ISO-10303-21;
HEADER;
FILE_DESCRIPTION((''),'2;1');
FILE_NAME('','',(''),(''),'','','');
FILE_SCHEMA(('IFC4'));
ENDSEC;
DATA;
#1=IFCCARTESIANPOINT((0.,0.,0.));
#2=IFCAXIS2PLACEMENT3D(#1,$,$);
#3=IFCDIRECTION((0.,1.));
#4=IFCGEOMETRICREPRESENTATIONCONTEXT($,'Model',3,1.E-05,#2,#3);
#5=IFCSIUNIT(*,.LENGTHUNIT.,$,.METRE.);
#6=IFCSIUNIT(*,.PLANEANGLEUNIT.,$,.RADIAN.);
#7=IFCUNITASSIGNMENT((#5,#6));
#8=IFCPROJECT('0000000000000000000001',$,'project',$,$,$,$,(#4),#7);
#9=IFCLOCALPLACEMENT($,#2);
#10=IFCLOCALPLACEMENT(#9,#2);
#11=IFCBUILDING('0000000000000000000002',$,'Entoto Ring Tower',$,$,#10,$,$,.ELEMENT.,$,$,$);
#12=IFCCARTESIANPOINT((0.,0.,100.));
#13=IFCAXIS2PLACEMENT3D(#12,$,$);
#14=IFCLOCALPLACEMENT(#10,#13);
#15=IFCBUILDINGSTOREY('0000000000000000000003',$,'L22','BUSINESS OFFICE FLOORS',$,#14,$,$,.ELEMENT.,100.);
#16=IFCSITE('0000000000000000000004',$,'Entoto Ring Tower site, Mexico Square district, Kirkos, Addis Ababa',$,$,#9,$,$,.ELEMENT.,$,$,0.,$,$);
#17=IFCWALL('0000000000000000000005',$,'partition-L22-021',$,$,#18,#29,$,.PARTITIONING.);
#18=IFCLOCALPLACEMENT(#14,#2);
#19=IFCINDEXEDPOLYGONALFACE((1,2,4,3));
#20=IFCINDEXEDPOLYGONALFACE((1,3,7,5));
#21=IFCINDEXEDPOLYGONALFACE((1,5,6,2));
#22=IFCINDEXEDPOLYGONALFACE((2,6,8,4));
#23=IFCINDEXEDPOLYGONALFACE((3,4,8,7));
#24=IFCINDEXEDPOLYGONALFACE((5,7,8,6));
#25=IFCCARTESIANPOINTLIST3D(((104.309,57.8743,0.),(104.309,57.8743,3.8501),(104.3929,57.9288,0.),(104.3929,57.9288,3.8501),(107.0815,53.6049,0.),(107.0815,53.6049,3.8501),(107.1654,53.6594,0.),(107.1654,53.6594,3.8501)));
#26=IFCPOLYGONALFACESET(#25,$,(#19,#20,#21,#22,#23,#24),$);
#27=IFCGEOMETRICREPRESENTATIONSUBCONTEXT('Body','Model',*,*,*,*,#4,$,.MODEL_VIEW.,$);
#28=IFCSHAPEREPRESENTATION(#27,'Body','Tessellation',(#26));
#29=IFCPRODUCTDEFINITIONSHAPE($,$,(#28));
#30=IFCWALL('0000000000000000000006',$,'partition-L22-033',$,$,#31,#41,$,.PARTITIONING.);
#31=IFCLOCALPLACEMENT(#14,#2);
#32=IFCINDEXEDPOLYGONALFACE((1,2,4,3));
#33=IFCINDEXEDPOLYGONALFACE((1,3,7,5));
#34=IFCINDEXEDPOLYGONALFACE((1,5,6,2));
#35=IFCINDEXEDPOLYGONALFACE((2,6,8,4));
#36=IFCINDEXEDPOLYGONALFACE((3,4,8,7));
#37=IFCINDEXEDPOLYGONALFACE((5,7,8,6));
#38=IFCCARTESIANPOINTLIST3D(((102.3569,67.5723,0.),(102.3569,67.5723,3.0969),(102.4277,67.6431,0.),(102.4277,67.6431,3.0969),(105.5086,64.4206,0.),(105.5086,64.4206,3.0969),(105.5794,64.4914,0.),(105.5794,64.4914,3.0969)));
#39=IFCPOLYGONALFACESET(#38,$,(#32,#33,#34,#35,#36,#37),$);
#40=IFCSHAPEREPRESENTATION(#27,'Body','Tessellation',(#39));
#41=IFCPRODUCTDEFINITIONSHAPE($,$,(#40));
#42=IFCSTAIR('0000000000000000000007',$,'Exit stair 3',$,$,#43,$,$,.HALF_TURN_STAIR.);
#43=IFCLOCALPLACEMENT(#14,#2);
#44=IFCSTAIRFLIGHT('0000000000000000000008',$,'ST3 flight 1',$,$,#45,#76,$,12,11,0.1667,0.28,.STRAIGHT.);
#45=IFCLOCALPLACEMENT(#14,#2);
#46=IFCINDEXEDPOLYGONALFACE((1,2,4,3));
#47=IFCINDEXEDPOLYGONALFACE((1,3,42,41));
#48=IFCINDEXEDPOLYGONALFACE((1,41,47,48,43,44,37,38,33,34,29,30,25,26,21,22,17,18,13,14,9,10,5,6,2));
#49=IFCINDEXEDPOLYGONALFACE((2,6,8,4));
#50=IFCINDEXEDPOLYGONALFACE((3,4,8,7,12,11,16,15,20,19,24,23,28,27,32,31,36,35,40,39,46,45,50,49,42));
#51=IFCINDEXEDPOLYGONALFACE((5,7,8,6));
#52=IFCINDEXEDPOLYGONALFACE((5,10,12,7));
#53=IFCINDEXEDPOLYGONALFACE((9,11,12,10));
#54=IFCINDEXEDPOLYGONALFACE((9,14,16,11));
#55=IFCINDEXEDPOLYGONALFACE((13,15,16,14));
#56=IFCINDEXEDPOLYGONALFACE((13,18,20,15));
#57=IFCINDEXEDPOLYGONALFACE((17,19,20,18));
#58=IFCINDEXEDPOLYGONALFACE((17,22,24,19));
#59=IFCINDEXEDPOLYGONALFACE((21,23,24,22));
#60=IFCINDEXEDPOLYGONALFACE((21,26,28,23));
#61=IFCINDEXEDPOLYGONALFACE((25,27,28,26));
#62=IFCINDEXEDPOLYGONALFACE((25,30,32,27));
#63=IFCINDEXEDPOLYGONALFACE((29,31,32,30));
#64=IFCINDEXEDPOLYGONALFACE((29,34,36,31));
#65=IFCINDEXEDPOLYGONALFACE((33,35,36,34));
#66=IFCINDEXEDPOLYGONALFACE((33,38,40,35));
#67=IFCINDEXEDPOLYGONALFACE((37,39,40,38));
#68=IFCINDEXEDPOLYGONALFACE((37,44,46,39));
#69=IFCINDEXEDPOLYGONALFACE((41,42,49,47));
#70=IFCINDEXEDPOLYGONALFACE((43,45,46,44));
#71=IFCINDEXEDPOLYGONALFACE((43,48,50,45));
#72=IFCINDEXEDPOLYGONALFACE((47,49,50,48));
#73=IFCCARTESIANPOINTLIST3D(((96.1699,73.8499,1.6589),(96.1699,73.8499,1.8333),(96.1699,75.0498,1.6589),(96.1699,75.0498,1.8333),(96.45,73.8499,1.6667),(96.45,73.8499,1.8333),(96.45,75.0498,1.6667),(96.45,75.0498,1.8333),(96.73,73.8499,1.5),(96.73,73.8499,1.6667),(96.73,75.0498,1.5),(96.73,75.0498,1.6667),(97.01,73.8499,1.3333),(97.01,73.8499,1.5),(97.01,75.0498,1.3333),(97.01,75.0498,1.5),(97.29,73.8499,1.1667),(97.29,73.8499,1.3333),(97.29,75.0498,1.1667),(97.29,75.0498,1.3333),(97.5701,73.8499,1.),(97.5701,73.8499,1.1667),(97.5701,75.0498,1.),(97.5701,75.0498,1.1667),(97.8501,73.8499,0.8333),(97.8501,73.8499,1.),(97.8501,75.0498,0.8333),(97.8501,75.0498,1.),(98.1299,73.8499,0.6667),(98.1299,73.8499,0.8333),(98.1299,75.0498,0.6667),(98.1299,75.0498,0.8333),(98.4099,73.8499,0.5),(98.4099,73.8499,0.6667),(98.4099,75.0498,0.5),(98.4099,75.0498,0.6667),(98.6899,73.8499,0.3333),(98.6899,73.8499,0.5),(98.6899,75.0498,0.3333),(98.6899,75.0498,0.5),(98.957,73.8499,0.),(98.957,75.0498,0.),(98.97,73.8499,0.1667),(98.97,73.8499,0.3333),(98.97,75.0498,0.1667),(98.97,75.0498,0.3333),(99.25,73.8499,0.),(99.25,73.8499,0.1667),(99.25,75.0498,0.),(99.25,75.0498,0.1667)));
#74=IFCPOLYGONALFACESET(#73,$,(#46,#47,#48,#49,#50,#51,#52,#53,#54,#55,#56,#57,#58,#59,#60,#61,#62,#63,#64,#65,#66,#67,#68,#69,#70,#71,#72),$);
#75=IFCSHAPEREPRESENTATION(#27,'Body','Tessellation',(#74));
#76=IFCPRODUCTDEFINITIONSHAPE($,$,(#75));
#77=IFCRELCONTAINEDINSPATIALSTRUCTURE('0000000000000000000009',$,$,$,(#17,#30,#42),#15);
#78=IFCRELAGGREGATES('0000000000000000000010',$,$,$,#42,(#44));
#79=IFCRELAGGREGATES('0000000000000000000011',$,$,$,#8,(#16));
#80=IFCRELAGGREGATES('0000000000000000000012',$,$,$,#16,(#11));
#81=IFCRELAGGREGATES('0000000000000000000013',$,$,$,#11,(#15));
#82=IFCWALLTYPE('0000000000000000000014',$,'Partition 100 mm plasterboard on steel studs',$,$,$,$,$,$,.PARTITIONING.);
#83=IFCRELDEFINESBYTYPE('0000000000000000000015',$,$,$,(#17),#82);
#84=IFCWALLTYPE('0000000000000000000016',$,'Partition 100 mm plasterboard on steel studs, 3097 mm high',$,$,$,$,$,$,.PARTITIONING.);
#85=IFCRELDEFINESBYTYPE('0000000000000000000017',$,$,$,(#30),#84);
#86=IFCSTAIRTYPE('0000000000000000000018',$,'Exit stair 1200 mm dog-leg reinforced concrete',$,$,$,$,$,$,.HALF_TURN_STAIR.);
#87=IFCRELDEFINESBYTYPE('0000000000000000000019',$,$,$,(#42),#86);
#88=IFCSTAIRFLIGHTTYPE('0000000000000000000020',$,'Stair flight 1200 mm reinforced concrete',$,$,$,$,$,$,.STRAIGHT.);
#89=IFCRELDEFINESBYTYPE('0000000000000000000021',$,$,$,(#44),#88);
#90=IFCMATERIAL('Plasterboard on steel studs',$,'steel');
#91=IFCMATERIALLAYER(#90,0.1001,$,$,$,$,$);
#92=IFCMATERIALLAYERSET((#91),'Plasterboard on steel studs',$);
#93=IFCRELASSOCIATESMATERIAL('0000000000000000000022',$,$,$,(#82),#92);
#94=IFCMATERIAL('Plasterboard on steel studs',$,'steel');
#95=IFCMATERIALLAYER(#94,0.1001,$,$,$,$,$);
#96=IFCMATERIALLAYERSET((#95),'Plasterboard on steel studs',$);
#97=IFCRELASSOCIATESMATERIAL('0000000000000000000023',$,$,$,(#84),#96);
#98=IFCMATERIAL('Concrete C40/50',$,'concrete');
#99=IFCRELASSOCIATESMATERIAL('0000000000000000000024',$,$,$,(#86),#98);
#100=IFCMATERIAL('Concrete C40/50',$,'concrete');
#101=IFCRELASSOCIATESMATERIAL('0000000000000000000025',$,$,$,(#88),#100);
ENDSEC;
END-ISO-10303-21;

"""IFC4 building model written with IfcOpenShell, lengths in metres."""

from ifc_helpers import new_model, si_unit, direction, frame, frame_2d, origin, place, context, subcontext, project, spatial, polyline, rectangle, outline, extrude, material, layer, layer_set, type_object, element, aggregate, save


model = new_model("IFC4")

# Units and contexts
model_context = context("Model", 3, precision=1e-05, world=origin(), true_north=direction((0.0, 1.0)))
body_context = subcontext(model_context, "Body", "Model", "MODEL_VIEW")
ifc_project = project(units=[si_unit("LENGTHUNIT", "METRE"), si_unit("PLANEANGLEUNIT", "RADIAN")], contexts=[model_context])

# Site, building, storey
site_placement = place(None, origin())
site = spatial("IfcSite", under=ifc_project, at=site_placement, Name="Entoto Ring Tower site, Mexico Square district, Kirkos, Addis Ababa", CompositionType="ELEMENT", RefElevation=0.0)
building_placement = place(site_placement, origin())
building = spatial("IfcBuilding", under=site, at=building_placement, Name="Entoto Ring Tower", CompositionType="ELEMENT")
storey_placement = place(building_placement, frame((0.0, 0.0, 100.0)))
storey = spatial("IfcBuildingStorey", under=building, at=storey_placement, Name="L22", Description="BUSINESS OFFICE FLOORS", CompositionType="ELEMENT", Elevation=100.0)

# Shared definitions
ifc_material_1 = material(Name="Plasterboard on steel studs", Category="steel")
ifc_layer_1 = layer(ifc_material_1, 0.1001)
ifc_layer_set_1 = layer_set([ifc_layer_1], Name="Plasterboard on steel studs")
wall_type_1 = type_object("IfcWallType", Name="Partition 100 mm plasterboard on steel studs", PredefinedType="PARTITIONING", material=ifc_layer_set_1)

# Walls
wall_1_placement = place(storey_placement, frame((107.1235, 53.6321, 0.0), z_axis=(0.0, 0.0, 1.0), x_axis=(-0.544633, 0.838675, 0.0)))
element("IfcWall", 1, at=wall_1_placement, inside=storey, type_object=wall_type_1, Name="partition-L22-021", PredefinedType="PARTITIONING", context=body_context, shape_type="SweptSolid", body=[
    extrude(rectangle(XDim=5.0906, YDim=0.1001, at=frame_2d((2.5454, 0.0))), origin(), (0.0, 0.0, 1.0), 3.8501),
])
ifc_material_2 = material(Name="Plasterboard on steel studs", Category="steel")
ifc_layer_2 = layer(ifc_material_2, 0.1001)
ifc_layer_set_2 = layer_set([ifc_layer_2], Name="Plasterboard on steel studs")
wall_type_2 = type_object("IfcWallType", Name="Partition 100 mm plasterboard on steel studs, 3097 mm high", PredefinedType="PARTITIONING", material=ifc_layer_set_2)
wall_2_placement = place(storey_placement, frame((105.5439, 64.4561, 0.0), z_axis=(0.0, 0.0, 1.0), x_axis=(-0.707107, 0.707107, 0.0)))
element("IfcWall", 2, at=wall_2_placement, inside=storey, type_object=wall_type_2, Name="partition-L22-033", PredefinedType="PARTITIONING", context=body_context, shape_type="SweptSolid", body=[
    extrude(rectangle(XDim=4.4573, YDim=0.1001, at=frame_2d((2.2285, 0.0))), origin(), (0.0, 0.0, 1.0), 3.0969),
])

# Stair, stair flight
ifc_material_3 = material(Name="Concrete C40/50", Category="concrete")
stair_type = type_object("IfcStairType", Name="Exit stair 1200 mm dog-leg reinforced concrete", PredefinedType="HALF_TURN_STAIR", material=ifc_material_3)
stair_placement = place(storey_placement, origin())
stair = element("IfcStair", 3, at=stair_placement, inside=storey, type_object=stair_type, Name="Exit stair 3", PredefinedType="HALF_TURN_STAIR")
ifc_material_4 = material(Name="Concrete C40/50", Category="concrete")
stair_flight_type = type_object("IfcStairFlightType", Name="Stair flight 1200 mm reinforced concrete", PredefinedType="STRAIGHT", material=ifc_material_4)
stair_flight_placement = place(storey_placement, frame((99.25, 74.45, 0.0), z_axis=(0.0, 0.0, 1.0), x_axis=(-1.0, 0.0, 0.0)))
stair_flight = element("IfcStairFlight", 4, at=stair_flight_placement, type_object=stair_flight_type, Name="ST3 flight 1", NumberOfRisers=12, NumberOfTreads=11, PredefinedType="STRAIGHT", RiserHeight=0.1667, TreadLength=0.28, context=body_context, shape_type="SweptSolid", body=[
    extrude(outline(polyline([(0.0, 0.0), (0.0, 0.1667), (0.28, 0.1667), (0.28, 0.3333), (0.5601, 0.3333), (0.5601, 0.5), (0.8401, 0.5), (0.8401, 0.6667), (1.1201, 0.6667), (1.1201, 0.8333), (1.3999, 0.8333), (1.3999, 1.0), (1.6799, 1.0), (1.6799, 1.1667), (1.96, 1.1667), (1.96, 1.3333), (2.24, 1.3333), (2.24, 1.5), (2.52, 1.5), (2.52, 1.6667), (2.8, 1.6667), (2.8, 1.8333), (3.0801, 1.8333), (3.0801, 2.0), (3.0801, 1.6589), (0.293, 0.0), (0.0, 0.0)])), frame((0.0, 0.6001, 0.0), z_axis=(0.0, -1.0, 0.0), x_axis=(1.0, 0.0, 0.0)), (0.0, 0.0, 1.0), 1.2),
])
aggregate(stair, [stair_flight])

save(model, "model.ifc")
